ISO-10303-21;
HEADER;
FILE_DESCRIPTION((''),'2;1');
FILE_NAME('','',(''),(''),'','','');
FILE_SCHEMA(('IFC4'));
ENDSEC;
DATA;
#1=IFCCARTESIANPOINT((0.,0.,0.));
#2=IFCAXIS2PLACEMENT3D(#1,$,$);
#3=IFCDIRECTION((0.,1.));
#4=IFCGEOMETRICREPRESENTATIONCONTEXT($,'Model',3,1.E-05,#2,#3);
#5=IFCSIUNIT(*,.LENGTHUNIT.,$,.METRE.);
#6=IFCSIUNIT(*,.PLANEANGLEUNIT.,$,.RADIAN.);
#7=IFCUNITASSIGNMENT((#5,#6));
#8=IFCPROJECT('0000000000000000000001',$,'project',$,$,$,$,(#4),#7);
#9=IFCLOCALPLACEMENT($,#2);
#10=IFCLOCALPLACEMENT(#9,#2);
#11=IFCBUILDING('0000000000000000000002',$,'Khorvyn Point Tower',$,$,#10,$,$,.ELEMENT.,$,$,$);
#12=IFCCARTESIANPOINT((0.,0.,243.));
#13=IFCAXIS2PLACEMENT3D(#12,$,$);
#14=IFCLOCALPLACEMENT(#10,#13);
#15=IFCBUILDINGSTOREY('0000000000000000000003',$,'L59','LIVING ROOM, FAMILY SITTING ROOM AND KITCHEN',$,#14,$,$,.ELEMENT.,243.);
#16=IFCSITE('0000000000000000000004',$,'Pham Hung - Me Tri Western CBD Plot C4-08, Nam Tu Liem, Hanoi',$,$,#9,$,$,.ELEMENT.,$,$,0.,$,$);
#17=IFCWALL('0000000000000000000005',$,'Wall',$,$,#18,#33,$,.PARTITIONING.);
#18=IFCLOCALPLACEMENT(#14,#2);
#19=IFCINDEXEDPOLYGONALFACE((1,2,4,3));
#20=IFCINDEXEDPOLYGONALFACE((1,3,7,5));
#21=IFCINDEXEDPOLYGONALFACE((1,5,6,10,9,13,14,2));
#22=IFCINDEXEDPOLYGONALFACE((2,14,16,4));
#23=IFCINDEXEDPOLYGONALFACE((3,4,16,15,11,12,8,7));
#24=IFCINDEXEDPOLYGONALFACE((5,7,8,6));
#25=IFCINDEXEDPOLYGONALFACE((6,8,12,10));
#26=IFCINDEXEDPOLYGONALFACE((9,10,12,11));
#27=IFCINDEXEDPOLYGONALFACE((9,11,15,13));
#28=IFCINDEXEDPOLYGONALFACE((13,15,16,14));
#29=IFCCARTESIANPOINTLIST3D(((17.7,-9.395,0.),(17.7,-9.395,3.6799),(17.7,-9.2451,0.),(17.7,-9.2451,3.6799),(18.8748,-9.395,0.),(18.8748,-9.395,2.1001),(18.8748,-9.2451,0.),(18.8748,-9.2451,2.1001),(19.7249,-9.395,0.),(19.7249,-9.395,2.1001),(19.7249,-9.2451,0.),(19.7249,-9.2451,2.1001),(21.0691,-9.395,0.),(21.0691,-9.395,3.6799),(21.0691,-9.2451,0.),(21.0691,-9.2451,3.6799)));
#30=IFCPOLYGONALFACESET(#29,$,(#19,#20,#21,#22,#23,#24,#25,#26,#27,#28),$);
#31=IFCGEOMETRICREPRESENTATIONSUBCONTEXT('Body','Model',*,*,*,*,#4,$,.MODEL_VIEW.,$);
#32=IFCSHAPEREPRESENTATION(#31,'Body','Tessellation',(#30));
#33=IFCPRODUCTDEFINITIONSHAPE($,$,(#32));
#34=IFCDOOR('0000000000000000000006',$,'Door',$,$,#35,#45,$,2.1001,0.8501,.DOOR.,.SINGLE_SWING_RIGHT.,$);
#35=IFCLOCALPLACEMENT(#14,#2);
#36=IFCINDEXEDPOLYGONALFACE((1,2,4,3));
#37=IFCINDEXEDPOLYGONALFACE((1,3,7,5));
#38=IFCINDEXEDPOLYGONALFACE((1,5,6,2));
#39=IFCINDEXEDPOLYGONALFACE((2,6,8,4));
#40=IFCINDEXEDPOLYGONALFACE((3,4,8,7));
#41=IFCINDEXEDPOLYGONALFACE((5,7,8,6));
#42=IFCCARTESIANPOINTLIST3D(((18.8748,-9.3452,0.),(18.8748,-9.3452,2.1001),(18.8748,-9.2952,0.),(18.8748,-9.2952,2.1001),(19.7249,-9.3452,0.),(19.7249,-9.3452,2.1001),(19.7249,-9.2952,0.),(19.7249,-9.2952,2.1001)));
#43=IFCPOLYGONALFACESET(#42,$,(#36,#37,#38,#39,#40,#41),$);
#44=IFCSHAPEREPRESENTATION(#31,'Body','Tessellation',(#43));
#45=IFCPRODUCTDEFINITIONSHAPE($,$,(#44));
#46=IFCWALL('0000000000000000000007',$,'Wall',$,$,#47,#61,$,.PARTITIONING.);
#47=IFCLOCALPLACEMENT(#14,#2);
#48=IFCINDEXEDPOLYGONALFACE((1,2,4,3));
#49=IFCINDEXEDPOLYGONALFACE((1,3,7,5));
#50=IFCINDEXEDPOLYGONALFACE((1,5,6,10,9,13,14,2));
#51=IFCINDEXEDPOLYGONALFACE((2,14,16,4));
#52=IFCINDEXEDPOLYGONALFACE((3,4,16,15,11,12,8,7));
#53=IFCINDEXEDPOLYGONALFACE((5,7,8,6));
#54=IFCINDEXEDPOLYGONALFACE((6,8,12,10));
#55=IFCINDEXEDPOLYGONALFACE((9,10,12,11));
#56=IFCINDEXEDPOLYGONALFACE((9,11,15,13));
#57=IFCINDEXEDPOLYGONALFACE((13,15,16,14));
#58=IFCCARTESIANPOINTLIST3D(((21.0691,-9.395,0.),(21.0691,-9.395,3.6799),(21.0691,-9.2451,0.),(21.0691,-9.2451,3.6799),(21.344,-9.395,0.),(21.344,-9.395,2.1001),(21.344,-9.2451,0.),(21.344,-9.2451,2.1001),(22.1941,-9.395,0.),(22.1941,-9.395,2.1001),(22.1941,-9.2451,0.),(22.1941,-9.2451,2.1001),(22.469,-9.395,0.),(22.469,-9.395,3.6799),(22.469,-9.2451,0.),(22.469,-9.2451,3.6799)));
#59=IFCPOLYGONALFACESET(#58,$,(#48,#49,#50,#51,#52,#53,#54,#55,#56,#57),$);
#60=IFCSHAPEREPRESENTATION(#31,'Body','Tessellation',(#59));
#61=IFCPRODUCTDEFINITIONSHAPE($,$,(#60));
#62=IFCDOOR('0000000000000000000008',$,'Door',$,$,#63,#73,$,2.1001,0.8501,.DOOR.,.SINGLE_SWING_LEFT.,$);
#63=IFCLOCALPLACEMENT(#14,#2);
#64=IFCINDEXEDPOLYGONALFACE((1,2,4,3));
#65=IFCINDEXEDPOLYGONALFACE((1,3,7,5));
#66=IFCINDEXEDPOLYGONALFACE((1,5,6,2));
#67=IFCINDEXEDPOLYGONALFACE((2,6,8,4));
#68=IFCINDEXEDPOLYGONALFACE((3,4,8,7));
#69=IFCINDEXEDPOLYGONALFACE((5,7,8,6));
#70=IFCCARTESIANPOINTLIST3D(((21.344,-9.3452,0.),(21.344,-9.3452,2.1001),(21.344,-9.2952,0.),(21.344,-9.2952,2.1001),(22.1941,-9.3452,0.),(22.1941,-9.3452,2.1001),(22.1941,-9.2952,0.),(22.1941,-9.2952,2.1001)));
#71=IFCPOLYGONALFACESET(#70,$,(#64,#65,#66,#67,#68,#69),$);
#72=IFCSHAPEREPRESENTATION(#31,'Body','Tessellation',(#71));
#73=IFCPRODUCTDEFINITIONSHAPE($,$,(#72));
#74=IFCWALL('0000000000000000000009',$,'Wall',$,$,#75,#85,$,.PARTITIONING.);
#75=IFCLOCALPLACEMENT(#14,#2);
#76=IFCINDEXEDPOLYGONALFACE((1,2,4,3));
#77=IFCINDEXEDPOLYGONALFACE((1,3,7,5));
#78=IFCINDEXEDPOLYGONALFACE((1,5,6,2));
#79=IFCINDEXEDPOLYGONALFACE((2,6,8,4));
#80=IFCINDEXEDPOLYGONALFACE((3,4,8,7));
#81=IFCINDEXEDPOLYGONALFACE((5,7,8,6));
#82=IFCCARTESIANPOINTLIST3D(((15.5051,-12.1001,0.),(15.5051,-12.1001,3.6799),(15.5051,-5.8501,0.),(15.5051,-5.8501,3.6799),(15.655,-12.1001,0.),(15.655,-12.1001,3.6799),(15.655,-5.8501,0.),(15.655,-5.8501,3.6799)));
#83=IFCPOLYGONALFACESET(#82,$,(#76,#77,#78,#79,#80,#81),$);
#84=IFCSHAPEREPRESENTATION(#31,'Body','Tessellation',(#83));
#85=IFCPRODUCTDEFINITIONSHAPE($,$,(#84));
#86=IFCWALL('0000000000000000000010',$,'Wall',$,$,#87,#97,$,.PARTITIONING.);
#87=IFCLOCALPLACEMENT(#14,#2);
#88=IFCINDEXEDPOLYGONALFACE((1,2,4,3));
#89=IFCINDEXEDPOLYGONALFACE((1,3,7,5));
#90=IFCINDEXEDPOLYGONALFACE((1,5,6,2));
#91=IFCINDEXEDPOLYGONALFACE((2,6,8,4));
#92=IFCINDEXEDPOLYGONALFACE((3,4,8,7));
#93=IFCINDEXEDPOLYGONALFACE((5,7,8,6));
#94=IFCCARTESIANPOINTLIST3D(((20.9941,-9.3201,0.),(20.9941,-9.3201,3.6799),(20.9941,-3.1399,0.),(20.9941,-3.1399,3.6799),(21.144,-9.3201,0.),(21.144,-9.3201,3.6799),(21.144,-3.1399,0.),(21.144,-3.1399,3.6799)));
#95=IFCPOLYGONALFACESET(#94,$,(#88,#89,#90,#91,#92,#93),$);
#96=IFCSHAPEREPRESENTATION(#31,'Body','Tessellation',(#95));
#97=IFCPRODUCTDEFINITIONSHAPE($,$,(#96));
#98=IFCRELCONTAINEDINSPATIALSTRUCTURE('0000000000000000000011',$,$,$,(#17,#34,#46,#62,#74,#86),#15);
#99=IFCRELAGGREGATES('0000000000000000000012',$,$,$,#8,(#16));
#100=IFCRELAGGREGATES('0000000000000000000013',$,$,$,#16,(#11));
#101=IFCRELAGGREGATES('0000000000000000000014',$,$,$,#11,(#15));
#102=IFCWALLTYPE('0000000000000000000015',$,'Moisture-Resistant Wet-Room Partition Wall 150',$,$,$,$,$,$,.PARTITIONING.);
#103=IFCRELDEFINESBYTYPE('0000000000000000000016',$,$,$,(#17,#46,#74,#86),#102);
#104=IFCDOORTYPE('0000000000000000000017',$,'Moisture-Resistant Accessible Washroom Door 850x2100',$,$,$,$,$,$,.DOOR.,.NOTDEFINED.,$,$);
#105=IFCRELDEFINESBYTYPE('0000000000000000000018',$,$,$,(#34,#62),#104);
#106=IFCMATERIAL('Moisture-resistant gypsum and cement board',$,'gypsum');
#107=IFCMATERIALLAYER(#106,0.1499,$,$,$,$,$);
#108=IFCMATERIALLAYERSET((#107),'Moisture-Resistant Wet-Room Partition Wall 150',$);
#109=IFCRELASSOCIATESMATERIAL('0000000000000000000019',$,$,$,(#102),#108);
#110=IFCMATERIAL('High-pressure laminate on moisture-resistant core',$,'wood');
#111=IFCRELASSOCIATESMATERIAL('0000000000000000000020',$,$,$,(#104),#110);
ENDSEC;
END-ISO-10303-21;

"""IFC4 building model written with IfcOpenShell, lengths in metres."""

from ifc_helpers import new_model, si_unit, direction, frame, frame_2d, origin, place, context, subcontext, project, spatial, rectangle, extrude, material, layer, layer_set, type_object, element, fill, save


model = new_model("IFC4")

# Units and contexts
model_context = context("Model", 3, precision=1e-05, world=origin(), true_north=direction((0.0, 1.0)))
body_context = subcontext(model_context, "Body", "Model", "MODEL_VIEW")
ifc_project = project(units=[si_unit("LENGTHUNIT", "METRE"), si_unit("PLANEANGLEUNIT", "RADIAN")], contexts=[model_context])

# Site, building, storey
site_placement = place(None, origin())
site = spatial("IfcSite", under=ifc_project, at=site_placement, Name="Pham Hung - Me Tri Western CBD Plot C4-08, Nam Tu Liem, Hanoi", CompositionType="ELEMENT", RefElevation=0.0)
building_placement = place(site_placement, origin())
building = spatial("IfcBuilding", under=site, at=building_placement, Name="Khorvyn Point Tower", CompositionType="ELEMENT")
storey_placement = place(building_placement, frame((0.0, 0.0, 243.0)))
storey = spatial("IfcBuildingStorey", under=building, at=storey_placement, Name="L59", Description="LIVING ROOM, FAMILY SITTING ROOM AND KITCHEN", CompositionType="ELEMENT", Elevation=243.0)

# Walls, openings, doors
ifc_material_1 = material(Name="Moisture-resistant gypsum and cement board", Category="gypsum")
ifc_layer_1 = layer(ifc_material_1, 0.1499)
ifc_layer_set_1 = layer_set([ifc_layer_1], Name="Moisture-Resistant Wet-Room Partition Wall 150")
wall_type_1 = type_object("IfcWallType", Name="Moisture-Resistant Wet-Room Partition Wall 150", PredefinedType="PARTITIONING", material=ifc_layer_set_1)
wall_1_placement = place(storey_placement, frame((17.7, -9.3201, 0.0), z_axis=(0.0, 0.0, 1.0), x_axis=(1.0, 0.0, 0.0)))
wall_1 = element("IfcWall", 1, at=wall_1_placement, inside=storey, type_object=wall_type_1, Name="Wall", PredefinedType="PARTITIONING", context=body_context, shape_type="SweptSolid", body=[
    extrude(rectangle(XDim=3.3691, YDim=0.1499, at=frame_2d((1.6846, 0.0))), origin(), (0.0, 0.0, 1.0), 3.6799),
])
opening_1_placement = place(wall_1_placement, frame((1.1748, 0.0, 0.0)))
opening_1 = element("IfcOpeningElement", 2, at=opening_1_placement, cuts=wall_1, PredefinedType="OPENING", context=body_context, shape_type="SweptSolid", body=[
    extrude(rectangle(XDim=0.8501, YDim=2.1001, at=frame_2d((0.425, 1.05))), frame((0.0, 0.085, 0.0), z_axis=(0.0, -1.0, 0.0), x_axis=(1.0, 0.0, 0.0)), (0.0, 0.0, 1.0), 0.1699),
])
ifc_material_2 = material(Name="High-pressure laminate on moisture-resistant core", Category="wood")
door_type_1 = type_object("IfcDoorType", Name="Moisture-Resistant Accessible Washroom Door 850x2100", OperationType="NOTDEFINED", PredefinedType="DOOR", material=ifc_material_2)
door_1_placement = place(opening_1_placement, origin())
door_1 = element("IfcDoor", 3, at=door_1_placement, inside=storey, type_object=door_type_1, Name="Door", OperationType="SINGLE_SWING_RIGHT", OverallHeight=2.1001, OverallWidth=0.8501, PredefinedType="DOOR", context=body_context, shape_type="SweptSolid", body=[
    extrude(rectangle(XDim=0.8501, YDim=2.1001, at=frame_2d((0.425, 1.05))), frame((0.0, 0.0249, 0.0), z_axis=(0.0, -1.0, 0.0), x_axis=(1.0, 0.0, 0.0)), (0.0, 0.0, 1.0), 0.05),
])
fill(opening_1, door_1)
wall_2_placement = place(storey_placement, frame((21.0691, -9.3201, 0.0), z_axis=(0.0, 0.0, 1.0), x_axis=(1.0, 0.0, 0.0)))
wall_2 = element("IfcWall", 4, at=wall_2_placement, inside=storey, type_object=wall_type_1, Name="Wall", PredefinedType="PARTITIONING", context=body_context, shape_type="SweptSolid", body=[
    extrude(rectangle(XDim=1.3999, YDim=0.1499, at=frame_2d((0.7, 0.0))), origin(), (0.0, 0.0, 1.0), 3.6799),
])
opening_2_placement = place(wall_2_placement, frame((0.2749, 0.0, 0.0)))
opening_2 = element("IfcOpeningElement", 5, at=opening_2_placement, cuts=wall_2, PredefinedType="OPENING", context=body_context, shape_type="SweptSolid", body=[
    extrude(rectangle(XDim=0.8501, YDim=2.1001, at=frame_2d((0.425, 1.05))), frame((0.0, 0.085, 0.0), z_axis=(0.0, -1.0, 0.0), x_axis=(1.0, 0.0, 0.0)), (0.0, 0.0, 1.0), 0.1699),
])
door_2_placement = place(opening_2_placement, origin())
door_2 = element("IfcDoor", 6, at=door_2_placement, inside=storey, type_object=door_type_1, Name="Door", OperationType="SINGLE_SWING_LEFT", OverallHeight=2.1001, OverallWidth=0.8501, PredefinedType="DOOR", context=body_context, shape_type="SweptSolid", body=[
    extrude(rectangle(XDim=0.8501, YDim=2.1001, at=frame_2d((0.425, 1.05))), frame((0.0, 0.0249, 0.0), z_axis=(0.0, -1.0, 0.0), x_axis=(1.0, 0.0, 0.0)), (0.0, 0.0, 1.0), 0.05),
])
fill(opening_2, door_2)

# Walls
wall_3_placement = place(storey_placement, frame((15.5801, -12.1001, 0.0), z_axis=(0.0, 0.0, 1.0), x_axis=(0.0, 1.0, 0.0)))
element("IfcWall", 7, at=wall_3_placement, inside=storey, type_object=wall_type_1, Name="Wall", PredefinedType="PARTITIONING", context=body_context, shape_type="SweptSolid", body=[
    extrude(rectangle(XDim=6.25, YDim=0.1499, at=frame_2d((3.125, 0.0))), origin(), (0.0, 0.0, 1.0), 3.6799),
])
wall_4_placement = place(storey_placement, frame((21.0691, -9.3201, 0.0), z_axis=(0.0, 0.0, 1.0), x_axis=(0.0, 1.0, 0.0)))
element("IfcWall", 8, at=wall_4_placement, inside=storey, type_object=wall_type_1, Name="Wall", PredefinedType="PARTITIONING", context=body_context, shape_type="SweptSolid", body=[
    extrude(rectangle(XDim=6.1802, YDim=0.1499, at=frame_2d((3.0901, 0.0))), origin(), (0.0, 0.0, 1.0), 3.6799),
])

save(model, "model.ifc")
